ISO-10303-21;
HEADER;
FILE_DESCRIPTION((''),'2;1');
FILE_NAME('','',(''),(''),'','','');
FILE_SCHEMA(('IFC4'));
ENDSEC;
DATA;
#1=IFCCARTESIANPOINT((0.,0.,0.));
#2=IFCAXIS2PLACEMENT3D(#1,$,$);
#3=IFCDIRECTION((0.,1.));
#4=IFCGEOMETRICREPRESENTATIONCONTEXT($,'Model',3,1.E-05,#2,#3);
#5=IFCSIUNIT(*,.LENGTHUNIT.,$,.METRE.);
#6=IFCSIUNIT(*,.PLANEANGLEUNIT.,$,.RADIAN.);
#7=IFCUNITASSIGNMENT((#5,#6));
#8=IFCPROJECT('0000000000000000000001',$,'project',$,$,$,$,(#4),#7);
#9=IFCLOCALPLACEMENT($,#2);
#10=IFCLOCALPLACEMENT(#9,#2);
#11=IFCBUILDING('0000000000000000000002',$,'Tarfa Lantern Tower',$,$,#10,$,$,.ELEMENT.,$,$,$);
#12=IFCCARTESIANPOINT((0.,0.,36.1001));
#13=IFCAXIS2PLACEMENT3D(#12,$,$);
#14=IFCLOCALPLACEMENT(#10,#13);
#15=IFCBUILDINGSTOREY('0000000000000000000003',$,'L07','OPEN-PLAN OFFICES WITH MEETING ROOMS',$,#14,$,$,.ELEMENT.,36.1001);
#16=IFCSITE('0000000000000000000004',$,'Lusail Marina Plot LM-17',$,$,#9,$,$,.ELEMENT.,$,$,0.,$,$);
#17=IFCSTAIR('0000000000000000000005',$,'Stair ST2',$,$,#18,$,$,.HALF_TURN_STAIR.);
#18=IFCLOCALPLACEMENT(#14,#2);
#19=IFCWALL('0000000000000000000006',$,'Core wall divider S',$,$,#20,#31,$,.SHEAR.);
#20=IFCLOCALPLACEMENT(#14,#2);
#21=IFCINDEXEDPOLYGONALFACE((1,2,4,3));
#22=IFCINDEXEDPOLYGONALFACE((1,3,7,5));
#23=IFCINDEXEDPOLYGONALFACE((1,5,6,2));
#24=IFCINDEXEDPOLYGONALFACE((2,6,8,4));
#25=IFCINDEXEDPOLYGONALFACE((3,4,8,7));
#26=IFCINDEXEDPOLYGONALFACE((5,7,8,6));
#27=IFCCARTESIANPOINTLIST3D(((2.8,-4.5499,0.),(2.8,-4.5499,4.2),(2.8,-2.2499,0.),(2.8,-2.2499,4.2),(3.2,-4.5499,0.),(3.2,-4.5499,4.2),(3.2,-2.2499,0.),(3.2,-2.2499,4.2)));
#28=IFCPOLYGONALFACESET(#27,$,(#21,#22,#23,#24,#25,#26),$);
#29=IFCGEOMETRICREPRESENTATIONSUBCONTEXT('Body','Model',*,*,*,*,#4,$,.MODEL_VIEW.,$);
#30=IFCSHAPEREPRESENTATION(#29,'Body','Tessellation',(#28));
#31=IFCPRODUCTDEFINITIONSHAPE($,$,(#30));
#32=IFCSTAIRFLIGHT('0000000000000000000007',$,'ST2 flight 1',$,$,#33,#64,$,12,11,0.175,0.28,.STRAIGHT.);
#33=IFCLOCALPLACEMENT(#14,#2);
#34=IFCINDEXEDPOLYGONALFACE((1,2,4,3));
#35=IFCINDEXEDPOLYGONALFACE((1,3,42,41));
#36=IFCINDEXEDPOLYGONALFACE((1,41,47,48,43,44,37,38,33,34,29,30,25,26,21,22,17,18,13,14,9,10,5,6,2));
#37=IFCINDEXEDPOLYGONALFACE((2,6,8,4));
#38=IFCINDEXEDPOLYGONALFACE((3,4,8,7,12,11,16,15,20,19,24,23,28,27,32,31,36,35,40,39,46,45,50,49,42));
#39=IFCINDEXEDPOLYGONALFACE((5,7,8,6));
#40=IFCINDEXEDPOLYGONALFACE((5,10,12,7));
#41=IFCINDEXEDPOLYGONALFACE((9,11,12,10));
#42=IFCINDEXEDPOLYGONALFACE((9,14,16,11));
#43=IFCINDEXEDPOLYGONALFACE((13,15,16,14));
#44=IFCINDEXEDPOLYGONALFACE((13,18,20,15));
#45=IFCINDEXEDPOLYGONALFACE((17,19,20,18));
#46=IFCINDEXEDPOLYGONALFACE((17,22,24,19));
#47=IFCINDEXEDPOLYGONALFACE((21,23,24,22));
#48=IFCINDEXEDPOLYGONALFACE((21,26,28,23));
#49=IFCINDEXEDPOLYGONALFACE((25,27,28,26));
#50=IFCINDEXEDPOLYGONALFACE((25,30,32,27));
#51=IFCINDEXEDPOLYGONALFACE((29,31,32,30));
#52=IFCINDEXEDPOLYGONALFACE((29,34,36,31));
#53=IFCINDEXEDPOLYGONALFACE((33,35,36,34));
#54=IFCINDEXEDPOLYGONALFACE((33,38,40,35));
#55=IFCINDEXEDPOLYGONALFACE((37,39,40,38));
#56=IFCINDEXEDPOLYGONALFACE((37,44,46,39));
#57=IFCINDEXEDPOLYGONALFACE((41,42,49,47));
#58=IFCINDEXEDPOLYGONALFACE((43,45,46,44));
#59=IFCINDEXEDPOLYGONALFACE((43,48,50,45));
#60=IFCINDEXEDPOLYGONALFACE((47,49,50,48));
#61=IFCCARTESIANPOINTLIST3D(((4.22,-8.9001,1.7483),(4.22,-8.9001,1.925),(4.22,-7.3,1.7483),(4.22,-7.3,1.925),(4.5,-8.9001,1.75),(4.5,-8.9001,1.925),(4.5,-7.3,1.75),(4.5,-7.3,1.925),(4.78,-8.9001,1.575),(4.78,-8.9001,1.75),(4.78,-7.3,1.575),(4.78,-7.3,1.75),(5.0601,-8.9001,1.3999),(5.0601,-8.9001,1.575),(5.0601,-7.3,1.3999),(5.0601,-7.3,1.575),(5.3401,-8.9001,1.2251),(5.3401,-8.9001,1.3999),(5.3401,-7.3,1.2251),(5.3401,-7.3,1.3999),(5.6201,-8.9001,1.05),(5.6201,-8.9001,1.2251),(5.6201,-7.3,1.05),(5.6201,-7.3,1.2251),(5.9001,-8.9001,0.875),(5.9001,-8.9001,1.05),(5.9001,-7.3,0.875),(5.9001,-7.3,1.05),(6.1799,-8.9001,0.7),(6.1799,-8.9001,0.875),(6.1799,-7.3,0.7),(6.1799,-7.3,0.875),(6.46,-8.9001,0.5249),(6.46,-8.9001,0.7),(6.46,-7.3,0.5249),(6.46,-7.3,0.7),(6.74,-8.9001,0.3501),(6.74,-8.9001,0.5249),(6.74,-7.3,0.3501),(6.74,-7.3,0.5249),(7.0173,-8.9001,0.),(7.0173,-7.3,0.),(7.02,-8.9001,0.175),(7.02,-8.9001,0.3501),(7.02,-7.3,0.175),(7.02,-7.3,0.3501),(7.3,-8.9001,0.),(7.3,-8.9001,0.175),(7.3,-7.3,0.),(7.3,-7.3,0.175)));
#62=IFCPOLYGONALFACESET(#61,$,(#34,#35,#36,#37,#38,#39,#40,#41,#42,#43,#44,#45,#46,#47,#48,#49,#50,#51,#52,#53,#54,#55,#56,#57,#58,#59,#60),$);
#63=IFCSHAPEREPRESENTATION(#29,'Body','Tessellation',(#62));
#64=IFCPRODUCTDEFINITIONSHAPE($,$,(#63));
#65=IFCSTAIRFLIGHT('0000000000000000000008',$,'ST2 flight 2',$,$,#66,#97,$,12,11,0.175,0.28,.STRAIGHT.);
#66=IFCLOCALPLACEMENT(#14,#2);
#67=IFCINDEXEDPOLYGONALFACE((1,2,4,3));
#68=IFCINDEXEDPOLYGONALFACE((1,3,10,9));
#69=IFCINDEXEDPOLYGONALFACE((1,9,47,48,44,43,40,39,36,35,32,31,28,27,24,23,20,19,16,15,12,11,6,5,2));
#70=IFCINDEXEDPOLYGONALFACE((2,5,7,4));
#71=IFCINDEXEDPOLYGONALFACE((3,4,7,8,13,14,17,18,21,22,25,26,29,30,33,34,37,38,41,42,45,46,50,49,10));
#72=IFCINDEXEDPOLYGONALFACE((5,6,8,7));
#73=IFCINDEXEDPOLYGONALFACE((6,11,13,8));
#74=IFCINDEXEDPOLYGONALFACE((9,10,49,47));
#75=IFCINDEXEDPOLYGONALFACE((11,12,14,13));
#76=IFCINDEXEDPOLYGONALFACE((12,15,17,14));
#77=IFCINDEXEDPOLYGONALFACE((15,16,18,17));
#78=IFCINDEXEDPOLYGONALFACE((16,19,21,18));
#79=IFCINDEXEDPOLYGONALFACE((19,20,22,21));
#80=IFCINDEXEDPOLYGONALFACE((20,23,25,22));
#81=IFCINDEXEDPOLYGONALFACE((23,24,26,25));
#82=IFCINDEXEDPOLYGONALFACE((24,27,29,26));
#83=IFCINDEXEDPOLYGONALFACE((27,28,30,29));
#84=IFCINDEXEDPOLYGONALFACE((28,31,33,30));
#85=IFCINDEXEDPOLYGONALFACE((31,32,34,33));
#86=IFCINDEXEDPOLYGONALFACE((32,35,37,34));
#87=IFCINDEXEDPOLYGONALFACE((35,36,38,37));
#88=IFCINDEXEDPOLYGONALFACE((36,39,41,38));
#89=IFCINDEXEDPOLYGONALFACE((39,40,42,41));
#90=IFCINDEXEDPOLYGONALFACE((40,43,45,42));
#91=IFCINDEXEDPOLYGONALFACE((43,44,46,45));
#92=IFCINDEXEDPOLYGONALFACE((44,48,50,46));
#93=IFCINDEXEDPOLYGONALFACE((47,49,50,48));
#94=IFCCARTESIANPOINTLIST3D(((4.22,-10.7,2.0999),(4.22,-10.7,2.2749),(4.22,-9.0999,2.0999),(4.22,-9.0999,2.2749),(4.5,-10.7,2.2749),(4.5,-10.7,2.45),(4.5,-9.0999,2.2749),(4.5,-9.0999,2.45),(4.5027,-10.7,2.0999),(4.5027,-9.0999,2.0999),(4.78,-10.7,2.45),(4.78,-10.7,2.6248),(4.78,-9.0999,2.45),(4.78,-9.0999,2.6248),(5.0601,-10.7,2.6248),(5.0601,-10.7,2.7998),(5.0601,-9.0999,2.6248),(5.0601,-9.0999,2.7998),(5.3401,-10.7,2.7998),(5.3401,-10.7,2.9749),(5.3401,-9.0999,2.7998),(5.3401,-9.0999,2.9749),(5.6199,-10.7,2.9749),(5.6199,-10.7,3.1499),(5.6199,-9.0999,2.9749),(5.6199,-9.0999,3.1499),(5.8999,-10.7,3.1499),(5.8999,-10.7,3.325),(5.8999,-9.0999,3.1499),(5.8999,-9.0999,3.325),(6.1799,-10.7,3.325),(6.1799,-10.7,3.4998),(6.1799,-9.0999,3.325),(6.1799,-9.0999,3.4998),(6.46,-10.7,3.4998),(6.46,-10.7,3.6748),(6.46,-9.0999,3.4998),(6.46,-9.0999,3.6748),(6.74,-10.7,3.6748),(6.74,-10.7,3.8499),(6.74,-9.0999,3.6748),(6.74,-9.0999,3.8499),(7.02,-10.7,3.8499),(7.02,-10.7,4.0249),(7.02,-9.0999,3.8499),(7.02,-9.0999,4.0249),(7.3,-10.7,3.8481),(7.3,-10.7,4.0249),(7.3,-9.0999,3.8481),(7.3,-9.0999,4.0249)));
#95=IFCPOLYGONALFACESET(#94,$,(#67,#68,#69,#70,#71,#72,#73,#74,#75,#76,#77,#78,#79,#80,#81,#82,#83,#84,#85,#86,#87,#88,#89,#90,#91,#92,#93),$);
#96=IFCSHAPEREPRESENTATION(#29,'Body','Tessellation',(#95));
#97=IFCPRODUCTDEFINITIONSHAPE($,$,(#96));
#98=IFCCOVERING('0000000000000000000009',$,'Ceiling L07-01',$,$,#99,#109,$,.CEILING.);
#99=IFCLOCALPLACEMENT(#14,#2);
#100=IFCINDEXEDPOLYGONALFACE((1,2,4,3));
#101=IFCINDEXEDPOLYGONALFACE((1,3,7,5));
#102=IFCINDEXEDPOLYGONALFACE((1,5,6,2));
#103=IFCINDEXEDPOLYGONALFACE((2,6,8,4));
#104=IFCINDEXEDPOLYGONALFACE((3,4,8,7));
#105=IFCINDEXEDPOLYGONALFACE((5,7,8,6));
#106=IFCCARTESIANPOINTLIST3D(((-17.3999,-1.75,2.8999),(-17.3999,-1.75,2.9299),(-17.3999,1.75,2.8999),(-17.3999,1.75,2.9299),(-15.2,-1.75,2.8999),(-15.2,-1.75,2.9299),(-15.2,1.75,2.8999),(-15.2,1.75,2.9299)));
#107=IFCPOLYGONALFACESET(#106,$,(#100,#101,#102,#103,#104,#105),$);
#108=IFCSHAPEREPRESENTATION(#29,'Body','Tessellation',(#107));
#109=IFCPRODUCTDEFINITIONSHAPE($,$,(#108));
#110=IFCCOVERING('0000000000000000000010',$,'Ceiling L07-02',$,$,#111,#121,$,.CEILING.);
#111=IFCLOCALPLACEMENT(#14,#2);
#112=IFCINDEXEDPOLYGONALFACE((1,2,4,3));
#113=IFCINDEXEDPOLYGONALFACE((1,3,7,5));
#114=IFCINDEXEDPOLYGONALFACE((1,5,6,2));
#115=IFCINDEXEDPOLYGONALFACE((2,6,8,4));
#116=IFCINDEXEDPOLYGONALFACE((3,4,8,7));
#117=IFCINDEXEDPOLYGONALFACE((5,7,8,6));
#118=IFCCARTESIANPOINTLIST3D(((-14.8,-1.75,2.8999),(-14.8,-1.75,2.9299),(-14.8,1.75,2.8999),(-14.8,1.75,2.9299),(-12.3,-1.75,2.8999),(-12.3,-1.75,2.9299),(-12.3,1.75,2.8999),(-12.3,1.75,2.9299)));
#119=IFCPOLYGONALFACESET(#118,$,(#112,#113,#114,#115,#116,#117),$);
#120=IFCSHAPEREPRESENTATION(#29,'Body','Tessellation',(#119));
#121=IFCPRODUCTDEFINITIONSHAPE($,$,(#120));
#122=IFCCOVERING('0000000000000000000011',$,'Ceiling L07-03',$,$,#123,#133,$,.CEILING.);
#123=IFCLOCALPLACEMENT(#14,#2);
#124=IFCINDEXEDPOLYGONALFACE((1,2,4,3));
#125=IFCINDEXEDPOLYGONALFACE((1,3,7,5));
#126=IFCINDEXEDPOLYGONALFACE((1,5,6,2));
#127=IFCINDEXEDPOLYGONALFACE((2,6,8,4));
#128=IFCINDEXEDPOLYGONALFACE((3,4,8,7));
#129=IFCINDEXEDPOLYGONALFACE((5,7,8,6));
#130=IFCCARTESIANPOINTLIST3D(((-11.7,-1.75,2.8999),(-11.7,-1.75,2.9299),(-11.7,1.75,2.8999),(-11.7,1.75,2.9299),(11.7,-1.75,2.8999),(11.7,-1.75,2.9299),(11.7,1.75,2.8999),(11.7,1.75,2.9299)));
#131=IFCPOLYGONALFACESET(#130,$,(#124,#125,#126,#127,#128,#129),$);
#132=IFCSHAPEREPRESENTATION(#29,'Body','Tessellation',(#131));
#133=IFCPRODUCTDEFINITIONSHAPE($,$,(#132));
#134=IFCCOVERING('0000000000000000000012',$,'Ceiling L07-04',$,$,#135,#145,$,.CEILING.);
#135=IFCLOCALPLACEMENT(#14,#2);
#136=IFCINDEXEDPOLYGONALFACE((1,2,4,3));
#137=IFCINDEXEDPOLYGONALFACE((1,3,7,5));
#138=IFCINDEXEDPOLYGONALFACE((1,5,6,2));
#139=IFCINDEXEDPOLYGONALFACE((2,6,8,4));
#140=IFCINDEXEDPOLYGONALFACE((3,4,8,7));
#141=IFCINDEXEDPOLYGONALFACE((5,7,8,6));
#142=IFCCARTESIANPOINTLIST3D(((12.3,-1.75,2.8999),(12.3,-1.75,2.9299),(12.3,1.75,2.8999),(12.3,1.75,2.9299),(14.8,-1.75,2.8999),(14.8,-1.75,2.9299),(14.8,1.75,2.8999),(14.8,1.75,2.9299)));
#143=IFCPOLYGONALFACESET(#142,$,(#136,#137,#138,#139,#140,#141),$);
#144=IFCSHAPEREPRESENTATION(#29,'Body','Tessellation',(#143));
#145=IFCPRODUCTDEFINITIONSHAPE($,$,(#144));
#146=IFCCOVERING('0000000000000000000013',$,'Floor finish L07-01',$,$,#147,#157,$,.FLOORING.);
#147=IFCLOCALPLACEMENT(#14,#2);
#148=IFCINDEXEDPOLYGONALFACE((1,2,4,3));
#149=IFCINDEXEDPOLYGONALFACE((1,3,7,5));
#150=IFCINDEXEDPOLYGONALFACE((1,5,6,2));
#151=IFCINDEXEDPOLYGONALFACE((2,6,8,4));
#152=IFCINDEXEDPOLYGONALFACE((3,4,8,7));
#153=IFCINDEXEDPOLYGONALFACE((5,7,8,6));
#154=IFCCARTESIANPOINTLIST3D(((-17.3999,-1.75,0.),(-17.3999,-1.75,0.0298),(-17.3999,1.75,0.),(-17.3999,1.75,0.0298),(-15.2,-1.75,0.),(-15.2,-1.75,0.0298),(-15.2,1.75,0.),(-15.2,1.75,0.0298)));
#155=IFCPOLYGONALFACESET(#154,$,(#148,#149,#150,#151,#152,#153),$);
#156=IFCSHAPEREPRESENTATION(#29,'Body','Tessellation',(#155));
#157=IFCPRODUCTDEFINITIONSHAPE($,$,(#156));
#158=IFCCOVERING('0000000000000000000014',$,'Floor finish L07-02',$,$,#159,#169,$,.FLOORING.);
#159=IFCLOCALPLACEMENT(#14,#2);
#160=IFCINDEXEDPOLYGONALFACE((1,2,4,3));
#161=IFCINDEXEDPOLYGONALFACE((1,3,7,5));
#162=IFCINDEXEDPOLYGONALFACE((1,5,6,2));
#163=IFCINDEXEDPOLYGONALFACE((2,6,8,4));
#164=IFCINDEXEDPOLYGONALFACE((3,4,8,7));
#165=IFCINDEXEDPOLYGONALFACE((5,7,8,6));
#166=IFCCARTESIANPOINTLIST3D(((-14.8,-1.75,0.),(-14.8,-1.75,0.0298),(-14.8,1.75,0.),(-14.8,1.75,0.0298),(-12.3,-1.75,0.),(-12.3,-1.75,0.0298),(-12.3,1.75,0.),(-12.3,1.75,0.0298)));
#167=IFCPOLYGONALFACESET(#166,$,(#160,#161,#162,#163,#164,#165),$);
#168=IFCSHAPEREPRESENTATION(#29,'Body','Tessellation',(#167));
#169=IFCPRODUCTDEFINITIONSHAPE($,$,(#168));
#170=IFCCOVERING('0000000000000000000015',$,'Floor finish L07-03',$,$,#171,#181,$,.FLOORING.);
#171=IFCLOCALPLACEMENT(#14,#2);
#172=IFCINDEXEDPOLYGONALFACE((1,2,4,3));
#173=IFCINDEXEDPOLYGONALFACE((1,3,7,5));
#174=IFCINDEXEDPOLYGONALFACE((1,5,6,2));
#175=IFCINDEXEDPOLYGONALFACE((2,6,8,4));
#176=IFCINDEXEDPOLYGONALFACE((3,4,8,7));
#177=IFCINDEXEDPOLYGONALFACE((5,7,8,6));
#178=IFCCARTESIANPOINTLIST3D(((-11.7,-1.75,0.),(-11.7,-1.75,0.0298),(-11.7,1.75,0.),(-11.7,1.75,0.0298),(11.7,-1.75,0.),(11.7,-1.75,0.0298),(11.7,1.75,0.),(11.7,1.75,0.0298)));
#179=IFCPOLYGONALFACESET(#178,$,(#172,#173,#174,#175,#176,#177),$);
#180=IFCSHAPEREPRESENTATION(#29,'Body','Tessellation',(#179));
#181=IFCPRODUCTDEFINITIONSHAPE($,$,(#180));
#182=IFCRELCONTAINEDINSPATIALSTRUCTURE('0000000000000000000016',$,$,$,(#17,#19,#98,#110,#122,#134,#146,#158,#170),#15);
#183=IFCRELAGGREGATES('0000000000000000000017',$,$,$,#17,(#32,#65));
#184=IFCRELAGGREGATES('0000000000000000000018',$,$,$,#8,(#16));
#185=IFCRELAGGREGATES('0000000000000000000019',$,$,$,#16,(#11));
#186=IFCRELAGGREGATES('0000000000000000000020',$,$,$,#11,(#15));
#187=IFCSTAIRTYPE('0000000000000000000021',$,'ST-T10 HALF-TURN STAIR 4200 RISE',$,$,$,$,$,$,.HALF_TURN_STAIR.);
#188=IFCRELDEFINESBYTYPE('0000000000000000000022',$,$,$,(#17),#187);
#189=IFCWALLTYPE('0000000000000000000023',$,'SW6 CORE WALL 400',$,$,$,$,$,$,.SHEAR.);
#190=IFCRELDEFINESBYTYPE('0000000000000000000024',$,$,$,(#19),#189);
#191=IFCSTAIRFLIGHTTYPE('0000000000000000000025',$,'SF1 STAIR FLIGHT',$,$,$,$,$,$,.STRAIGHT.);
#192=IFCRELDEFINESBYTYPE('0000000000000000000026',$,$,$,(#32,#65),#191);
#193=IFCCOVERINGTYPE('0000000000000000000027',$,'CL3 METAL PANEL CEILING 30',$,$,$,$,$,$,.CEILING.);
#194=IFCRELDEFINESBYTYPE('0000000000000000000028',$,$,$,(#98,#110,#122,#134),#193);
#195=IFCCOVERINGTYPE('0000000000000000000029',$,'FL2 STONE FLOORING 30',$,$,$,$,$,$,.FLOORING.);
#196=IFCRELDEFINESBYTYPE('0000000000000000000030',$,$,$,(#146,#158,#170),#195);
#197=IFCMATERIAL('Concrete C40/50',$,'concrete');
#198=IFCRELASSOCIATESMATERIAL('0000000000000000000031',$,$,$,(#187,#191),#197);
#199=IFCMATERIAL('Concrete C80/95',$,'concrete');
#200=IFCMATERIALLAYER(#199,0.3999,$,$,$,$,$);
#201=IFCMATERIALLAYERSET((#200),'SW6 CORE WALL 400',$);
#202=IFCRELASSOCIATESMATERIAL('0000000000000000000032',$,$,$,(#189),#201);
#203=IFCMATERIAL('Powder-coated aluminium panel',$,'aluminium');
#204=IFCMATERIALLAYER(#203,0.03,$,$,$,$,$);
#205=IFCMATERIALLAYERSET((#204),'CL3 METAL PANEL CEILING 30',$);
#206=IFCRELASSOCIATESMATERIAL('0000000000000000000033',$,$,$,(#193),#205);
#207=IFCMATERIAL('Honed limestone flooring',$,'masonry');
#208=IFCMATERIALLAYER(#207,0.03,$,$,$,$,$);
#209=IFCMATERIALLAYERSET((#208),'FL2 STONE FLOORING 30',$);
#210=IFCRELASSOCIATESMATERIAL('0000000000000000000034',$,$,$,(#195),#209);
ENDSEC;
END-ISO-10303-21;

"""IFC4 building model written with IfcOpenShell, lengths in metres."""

from ifc_helpers import new_model, si_unit, direction, frame, frame_2d, origin, place, context, subcontext, project, spatial, polyline, rectangle, outline, extrude, material, layer, layer_set, type_object, element, aggregate, save


model = new_model("IFC4")

# Units and contexts
model_context = context("Model", 3, precision=1e-05, world=origin(), true_north=direction((0.0, 1.0)))
body_context = subcontext(model_context, "Body", "Model", "MODEL_VIEW")
ifc_project = project(units=[si_unit("LENGTHUNIT", "METRE"), si_unit("PLANEANGLEUNIT", "RADIAN")], contexts=[model_context])

# Site, building, storey
site_placement = place(None, origin())
site = spatial("IfcSite", under=ifc_project, at=site_placement, Name="Lusail Marina Plot LM-17", CompositionType="ELEMENT", RefElevation=0.0)
building_placement = place(site_placement, origin())
building = spatial("IfcBuilding", under=site, at=building_placement, Name="Tarfa Lantern Tower", CompositionType="ELEMENT")
storey_placement = place(building_placement, frame((0.0, 0.0, 36.1001)))
storey = spatial("IfcBuildingStorey", under=building, at=storey_placement, Name="L07", Description="OPEN-PLAN OFFICES WITH MEETING ROOMS", CompositionType="ELEMENT", Elevation=36.1001)

# Stair
ifc_material_1 = material(Name="Concrete C40/50", Category="concrete")
stair_type = type_object("IfcStairType", Name="ST-T10 HALF-TURN STAIR 4200 RISE", PredefinedType="HALF_TURN_STAIR", material=ifc_material_1)
stair_1_placement = place(storey_placement, origin())
stair_1 = element("IfcStair", 1, at=stair_1_placement, inside=storey, type_object=stair_type, Name="Stair ST2", PredefinedType="HALF_TURN_STAIR")

# Shared definitions
ifc_material_2 = material(Name="Concrete C80/95", Category="concrete")

# Wall
ifc_layer_1 = layer(ifc_material_2, 0.3999)
ifc_layer_set_1 = layer_set([ifc_layer_1], Name="SW6 CORE WALL 400")
wall_type_1 = type_object("IfcWallType", Name="SW6 CORE WALL 400", PredefinedType="SHEAR", material=ifc_layer_set_1)
for number, where, z_axis, x_axis, name in (
    (2, (3.0, -2.25, 0.0), (0.0, 0.0, 1.0), (0.0, -1.0, 0.0), "Core wall divider S"),
):
    element("IfcWall", number, at=place(storey_placement, frame(where, z_axis=z_axis, x_axis=x_axis)), inside=storey, type_object=wall_type_1, Name=name, PredefinedType="SHEAR", context=body_context, shape_type="SweptSolid", body=[
        extrude(rectangle(XDim=2.3, YDim=0.3999, at=frame_2d((1.1499, 0.0))), origin(), (0.0, 0.0, 1.0), 4.2),
    ])

# Stair flights
stair_flight_type = type_object("IfcStairFlightType", Name="SF1 STAIR FLIGHT", PredefinedType="STRAIGHT", material=ifc_material_1)
stair_flight_1_placement = place(storey_placement, frame((7.3, -8.1001, 0.0), z_axis=(0.0, 0.0, 1.0), x_axis=(-1.0, 0.0, 0.0)))
stair_flight_1 = element("IfcStairFlight", 3, at=stair_flight_1_placement, type_object=stair_flight_type, Name="ST2 flight 1", NumberOfRisers=12, NumberOfTreads=11, PredefinedType="STRAIGHT", RiserHeight=0.175, TreadLength=0.28, context=body_context, shape_type="SweptSolid", body=[
    extrude(outline(polyline([(0.0, 0.0), (0.0, 0.175), (0.28, 0.175), (0.28, 0.3501), (0.5601, 0.3501), (0.5601, 0.5249), (0.8401, 0.5249), (0.8401, 0.7), (1.1201, 0.7), (1.1201, 0.875), (1.3999, 0.875), (1.3999, 1.05), (1.6799, 1.05), (1.6799, 1.2251), (1.96, 1.2251), (1.96, 1.3999), (2.24, 1.3999), (2.24, 1.575), (2.52, 1.575), (2.52, 1.75), (2.8, 1.75), (2.8, 1.925), (3.0801, 1.925), (3.0801, 2.1001), (3.0801, 1.7483), (0.2827, 0.0), (0.0, 0.0)])), frame((0.0, 0.8, 0.0), z_axis=(0.0, -1.0, 0.0), x_axis=(1.0, 0.0, 0.0)), (0.0, 0.0, 1.0), 1.6001),
])
stair_flight_2_placement = place(storey_placement, frame((4.22, -9.8999, 2.0999), z_axis=(0.0, 0.0, 1.0), x_axis=(1.0, 0.0, 0.0)))
stair_flight_2 = element("IfcStairFlight", 4, at=stair_flight_2_placement, type_object=stair_flight_type, Name="ST2 flight 2", NumberOfRisers=12, NumberOfTreads=11, PredefinedType="STRAIGHT", RiserHeight=0.175, TreadLength=0.28, context=body_context, shape_type="SweptSolid", body=[
    extrude(outline(polyline([(0.0, 0.0), (0.0, 0.175), (0.28, 0.175), (0.28, 0.3501), (0.5601, 0.3501), (0.5601, 0.5249), (0.8401, 0.5249), (0.8401, 0.7), (1.1201, 0.7), (1.1201, 0.875), (1.3999, 0.875), (1.3999, 1.05), (1.6799, 1.05), (1.6799, 1.2251), (1.96, 1.2251), (1.96, 1.3999), (2.24, 1.3999), (2.24, 1.575), (2.52, 1.575), (2.52, 1.75), (2.8, 1.75), (2.8, 1.925), (3.0801, 1.925), (3.0801, 2.1001), (3.0801, 1.7483), (0.2827, 0.0), (0.0, 0.0)])), frame((0.0, 0.8, 0.0), z_axis=(0.0, -1.0, 0.0), x_axis=(1.0, 0.0, 0.0)), (0.0, 0.0, 1.0), 1.6001),
])
aggregate(stair_1, [stair_flight_1, stair_flight_2])

# Coverings
ifc_material_3 = material(Name="Powder-coated aluminium panel", Category="aluminium")
ifc_layer_2 = layer(ifc_material_3, 0.03)
ifc_layer_set_2 = layer_set([ifc_layer_2], Name="CL3 METAL PANEL CEILING 30")
covering_type_1 = type_object("IfcCoveringType", Name="CL3 METAL PANEL CEILING 30", PredefinedType="CEILING", material=ifc_layer_set_2)
covering_1_placement = place(storey_placement, frame((0.0, 0.0, 2.8999)))
element("IfcCovering", 5, at=covering_1_placement, inside=storey, type_object=covering_type_1, Name="Ceiling L07-01", PredefinedType="CEILING", context=body_context, shape_type="SweptSolid", body=[
    extrude(outline(polyline([(-17.3999, -1.75), (-15.2, -1.75), (-15.2, 1.75), (-17.3999, 1.75), (-17.3999, -1.75)])), origin(), (0.0, 0.0, 1.0), 0.03),
])
covering_2_placement = place(storey_placement, frame((0.0, 0.0, 2.8999)))
element("IfcCovering", 6, at=covering_2_placement, inside=storey, type_object=covering_type_1, Name="Ceiling L07-02", PredefinedType="CEILING", context=body_context, shape_type="SweptSolid", body=[
    extrude(outline(polyline([(-14.8, -1.75), (-12.3, -1.75), (-12.3, 1.75), (-14.8, 1.75), (-14.8, -1.75)])), origin(), (0.0, 0.0, 1.0), 0.03),
])
covering_3_placement = place(storey_placement, frame((0.0, 0.0, 2.8999)))
element("IfcCovering", 7, at=covering_3_placement, inside=storey, type_object=covering_type_1, Name="Ceiling L07-03", PredefinedType="CEILING", context=body_context, shape_type="SweptSolid", body=[
    extrude(outline(polyline([(-11.7, -1.75), (11.7, -1.75), (11.7, 1.75), (-11.7, 1.75), (-11.7, -1.75)])), origin(), (0.0, 0.0, 1.0), 0.03),
])
covering_4_placement = place(storey_placement, frame((0.0, 0.0, 2.8999)))
element("IfcCovering", 8, at=covering_4_placement, inside=storey, type_object=covering_type_1, Name="Ceiling L07-04", PredefinedType="CEILING", context=body_context, shape_type="SweptSolid", body=[
    extrude(outline(polyline([(12.3, -1.75), (14.8, -1.75), (14.8, 1.75), (12.3, 1.75), (12.3, -1.75)])), origin(), (0.0, 0.0, 1.0), 0.03),
])
ifc_material_4 = material(Name="Honed limestone flooring", Category="masonry")
ifc_layer_3 = layer(ifc_material_4, 0.03)
ifc_layer_set_3 = layer_set([ifc_layer_3], Name="FL2 STONE FLOORING 30")
covering_type_2 = type_object("IfcCoveringType", Name="FL2 STONE FLOORING 30", PredefinedType="FLOORING", material=ifc_layer_set_3)
covering_5_placement = place(storey_placement, origin())
element("IfcCovering", 9, at=covering_5_placement, inside=storey, type_object=covering_type_2, Name="Floor finish L07-01", PredefinedType="FLOORING", context=body_context, shape_type="SweptSolid", body=[
    extrude(outline(polyline([(-17.3999, -1.75), (-15.2, -1.75), (-15.2, 1.75), (-17.3999, 1.75), (-17.3999, -1.75)])), origin(), (0.0, 0.0, 1.0), 0.0298),
])
covering_6_placement = place(storey_placement, origin())
element("IfcCovering", 10, at=covering_6_placement, inside=storey, type_object=covering_type_2, Name="Floor finish L07-02", PredefinedType="FLOORING", context=body_context, shape_type="SweptSolid", body=[
    extrude(outline(polyline([(-14.8, -1.75), (-12.3, -1.75), (-12.3, 1.75), (-14.8, 1.75), (-14.8, -1.75)])), origin(), (0.0, 0.0, 1.0), 0.0298),
])
covering_7_placement = place(storey_placement, origin())
element("IfcCovering", 11, at=covering_7_placement, inside=storey, type_object=covering_type_2, Name="Floor finish L07-03", PredefinedType="FLOORING", context=body_context, shape_type="SweptSolid", body=[
    extrude(outline(polyline([(-11.7, -1.75), (11.7, -1.75), (11.7, 1.75), (-11.7, 1.75), (-11.7, -1.75)])), origin(), (0.0, 0.0, 1.0), 0.0298),
])

save(model, "model.ifc")
